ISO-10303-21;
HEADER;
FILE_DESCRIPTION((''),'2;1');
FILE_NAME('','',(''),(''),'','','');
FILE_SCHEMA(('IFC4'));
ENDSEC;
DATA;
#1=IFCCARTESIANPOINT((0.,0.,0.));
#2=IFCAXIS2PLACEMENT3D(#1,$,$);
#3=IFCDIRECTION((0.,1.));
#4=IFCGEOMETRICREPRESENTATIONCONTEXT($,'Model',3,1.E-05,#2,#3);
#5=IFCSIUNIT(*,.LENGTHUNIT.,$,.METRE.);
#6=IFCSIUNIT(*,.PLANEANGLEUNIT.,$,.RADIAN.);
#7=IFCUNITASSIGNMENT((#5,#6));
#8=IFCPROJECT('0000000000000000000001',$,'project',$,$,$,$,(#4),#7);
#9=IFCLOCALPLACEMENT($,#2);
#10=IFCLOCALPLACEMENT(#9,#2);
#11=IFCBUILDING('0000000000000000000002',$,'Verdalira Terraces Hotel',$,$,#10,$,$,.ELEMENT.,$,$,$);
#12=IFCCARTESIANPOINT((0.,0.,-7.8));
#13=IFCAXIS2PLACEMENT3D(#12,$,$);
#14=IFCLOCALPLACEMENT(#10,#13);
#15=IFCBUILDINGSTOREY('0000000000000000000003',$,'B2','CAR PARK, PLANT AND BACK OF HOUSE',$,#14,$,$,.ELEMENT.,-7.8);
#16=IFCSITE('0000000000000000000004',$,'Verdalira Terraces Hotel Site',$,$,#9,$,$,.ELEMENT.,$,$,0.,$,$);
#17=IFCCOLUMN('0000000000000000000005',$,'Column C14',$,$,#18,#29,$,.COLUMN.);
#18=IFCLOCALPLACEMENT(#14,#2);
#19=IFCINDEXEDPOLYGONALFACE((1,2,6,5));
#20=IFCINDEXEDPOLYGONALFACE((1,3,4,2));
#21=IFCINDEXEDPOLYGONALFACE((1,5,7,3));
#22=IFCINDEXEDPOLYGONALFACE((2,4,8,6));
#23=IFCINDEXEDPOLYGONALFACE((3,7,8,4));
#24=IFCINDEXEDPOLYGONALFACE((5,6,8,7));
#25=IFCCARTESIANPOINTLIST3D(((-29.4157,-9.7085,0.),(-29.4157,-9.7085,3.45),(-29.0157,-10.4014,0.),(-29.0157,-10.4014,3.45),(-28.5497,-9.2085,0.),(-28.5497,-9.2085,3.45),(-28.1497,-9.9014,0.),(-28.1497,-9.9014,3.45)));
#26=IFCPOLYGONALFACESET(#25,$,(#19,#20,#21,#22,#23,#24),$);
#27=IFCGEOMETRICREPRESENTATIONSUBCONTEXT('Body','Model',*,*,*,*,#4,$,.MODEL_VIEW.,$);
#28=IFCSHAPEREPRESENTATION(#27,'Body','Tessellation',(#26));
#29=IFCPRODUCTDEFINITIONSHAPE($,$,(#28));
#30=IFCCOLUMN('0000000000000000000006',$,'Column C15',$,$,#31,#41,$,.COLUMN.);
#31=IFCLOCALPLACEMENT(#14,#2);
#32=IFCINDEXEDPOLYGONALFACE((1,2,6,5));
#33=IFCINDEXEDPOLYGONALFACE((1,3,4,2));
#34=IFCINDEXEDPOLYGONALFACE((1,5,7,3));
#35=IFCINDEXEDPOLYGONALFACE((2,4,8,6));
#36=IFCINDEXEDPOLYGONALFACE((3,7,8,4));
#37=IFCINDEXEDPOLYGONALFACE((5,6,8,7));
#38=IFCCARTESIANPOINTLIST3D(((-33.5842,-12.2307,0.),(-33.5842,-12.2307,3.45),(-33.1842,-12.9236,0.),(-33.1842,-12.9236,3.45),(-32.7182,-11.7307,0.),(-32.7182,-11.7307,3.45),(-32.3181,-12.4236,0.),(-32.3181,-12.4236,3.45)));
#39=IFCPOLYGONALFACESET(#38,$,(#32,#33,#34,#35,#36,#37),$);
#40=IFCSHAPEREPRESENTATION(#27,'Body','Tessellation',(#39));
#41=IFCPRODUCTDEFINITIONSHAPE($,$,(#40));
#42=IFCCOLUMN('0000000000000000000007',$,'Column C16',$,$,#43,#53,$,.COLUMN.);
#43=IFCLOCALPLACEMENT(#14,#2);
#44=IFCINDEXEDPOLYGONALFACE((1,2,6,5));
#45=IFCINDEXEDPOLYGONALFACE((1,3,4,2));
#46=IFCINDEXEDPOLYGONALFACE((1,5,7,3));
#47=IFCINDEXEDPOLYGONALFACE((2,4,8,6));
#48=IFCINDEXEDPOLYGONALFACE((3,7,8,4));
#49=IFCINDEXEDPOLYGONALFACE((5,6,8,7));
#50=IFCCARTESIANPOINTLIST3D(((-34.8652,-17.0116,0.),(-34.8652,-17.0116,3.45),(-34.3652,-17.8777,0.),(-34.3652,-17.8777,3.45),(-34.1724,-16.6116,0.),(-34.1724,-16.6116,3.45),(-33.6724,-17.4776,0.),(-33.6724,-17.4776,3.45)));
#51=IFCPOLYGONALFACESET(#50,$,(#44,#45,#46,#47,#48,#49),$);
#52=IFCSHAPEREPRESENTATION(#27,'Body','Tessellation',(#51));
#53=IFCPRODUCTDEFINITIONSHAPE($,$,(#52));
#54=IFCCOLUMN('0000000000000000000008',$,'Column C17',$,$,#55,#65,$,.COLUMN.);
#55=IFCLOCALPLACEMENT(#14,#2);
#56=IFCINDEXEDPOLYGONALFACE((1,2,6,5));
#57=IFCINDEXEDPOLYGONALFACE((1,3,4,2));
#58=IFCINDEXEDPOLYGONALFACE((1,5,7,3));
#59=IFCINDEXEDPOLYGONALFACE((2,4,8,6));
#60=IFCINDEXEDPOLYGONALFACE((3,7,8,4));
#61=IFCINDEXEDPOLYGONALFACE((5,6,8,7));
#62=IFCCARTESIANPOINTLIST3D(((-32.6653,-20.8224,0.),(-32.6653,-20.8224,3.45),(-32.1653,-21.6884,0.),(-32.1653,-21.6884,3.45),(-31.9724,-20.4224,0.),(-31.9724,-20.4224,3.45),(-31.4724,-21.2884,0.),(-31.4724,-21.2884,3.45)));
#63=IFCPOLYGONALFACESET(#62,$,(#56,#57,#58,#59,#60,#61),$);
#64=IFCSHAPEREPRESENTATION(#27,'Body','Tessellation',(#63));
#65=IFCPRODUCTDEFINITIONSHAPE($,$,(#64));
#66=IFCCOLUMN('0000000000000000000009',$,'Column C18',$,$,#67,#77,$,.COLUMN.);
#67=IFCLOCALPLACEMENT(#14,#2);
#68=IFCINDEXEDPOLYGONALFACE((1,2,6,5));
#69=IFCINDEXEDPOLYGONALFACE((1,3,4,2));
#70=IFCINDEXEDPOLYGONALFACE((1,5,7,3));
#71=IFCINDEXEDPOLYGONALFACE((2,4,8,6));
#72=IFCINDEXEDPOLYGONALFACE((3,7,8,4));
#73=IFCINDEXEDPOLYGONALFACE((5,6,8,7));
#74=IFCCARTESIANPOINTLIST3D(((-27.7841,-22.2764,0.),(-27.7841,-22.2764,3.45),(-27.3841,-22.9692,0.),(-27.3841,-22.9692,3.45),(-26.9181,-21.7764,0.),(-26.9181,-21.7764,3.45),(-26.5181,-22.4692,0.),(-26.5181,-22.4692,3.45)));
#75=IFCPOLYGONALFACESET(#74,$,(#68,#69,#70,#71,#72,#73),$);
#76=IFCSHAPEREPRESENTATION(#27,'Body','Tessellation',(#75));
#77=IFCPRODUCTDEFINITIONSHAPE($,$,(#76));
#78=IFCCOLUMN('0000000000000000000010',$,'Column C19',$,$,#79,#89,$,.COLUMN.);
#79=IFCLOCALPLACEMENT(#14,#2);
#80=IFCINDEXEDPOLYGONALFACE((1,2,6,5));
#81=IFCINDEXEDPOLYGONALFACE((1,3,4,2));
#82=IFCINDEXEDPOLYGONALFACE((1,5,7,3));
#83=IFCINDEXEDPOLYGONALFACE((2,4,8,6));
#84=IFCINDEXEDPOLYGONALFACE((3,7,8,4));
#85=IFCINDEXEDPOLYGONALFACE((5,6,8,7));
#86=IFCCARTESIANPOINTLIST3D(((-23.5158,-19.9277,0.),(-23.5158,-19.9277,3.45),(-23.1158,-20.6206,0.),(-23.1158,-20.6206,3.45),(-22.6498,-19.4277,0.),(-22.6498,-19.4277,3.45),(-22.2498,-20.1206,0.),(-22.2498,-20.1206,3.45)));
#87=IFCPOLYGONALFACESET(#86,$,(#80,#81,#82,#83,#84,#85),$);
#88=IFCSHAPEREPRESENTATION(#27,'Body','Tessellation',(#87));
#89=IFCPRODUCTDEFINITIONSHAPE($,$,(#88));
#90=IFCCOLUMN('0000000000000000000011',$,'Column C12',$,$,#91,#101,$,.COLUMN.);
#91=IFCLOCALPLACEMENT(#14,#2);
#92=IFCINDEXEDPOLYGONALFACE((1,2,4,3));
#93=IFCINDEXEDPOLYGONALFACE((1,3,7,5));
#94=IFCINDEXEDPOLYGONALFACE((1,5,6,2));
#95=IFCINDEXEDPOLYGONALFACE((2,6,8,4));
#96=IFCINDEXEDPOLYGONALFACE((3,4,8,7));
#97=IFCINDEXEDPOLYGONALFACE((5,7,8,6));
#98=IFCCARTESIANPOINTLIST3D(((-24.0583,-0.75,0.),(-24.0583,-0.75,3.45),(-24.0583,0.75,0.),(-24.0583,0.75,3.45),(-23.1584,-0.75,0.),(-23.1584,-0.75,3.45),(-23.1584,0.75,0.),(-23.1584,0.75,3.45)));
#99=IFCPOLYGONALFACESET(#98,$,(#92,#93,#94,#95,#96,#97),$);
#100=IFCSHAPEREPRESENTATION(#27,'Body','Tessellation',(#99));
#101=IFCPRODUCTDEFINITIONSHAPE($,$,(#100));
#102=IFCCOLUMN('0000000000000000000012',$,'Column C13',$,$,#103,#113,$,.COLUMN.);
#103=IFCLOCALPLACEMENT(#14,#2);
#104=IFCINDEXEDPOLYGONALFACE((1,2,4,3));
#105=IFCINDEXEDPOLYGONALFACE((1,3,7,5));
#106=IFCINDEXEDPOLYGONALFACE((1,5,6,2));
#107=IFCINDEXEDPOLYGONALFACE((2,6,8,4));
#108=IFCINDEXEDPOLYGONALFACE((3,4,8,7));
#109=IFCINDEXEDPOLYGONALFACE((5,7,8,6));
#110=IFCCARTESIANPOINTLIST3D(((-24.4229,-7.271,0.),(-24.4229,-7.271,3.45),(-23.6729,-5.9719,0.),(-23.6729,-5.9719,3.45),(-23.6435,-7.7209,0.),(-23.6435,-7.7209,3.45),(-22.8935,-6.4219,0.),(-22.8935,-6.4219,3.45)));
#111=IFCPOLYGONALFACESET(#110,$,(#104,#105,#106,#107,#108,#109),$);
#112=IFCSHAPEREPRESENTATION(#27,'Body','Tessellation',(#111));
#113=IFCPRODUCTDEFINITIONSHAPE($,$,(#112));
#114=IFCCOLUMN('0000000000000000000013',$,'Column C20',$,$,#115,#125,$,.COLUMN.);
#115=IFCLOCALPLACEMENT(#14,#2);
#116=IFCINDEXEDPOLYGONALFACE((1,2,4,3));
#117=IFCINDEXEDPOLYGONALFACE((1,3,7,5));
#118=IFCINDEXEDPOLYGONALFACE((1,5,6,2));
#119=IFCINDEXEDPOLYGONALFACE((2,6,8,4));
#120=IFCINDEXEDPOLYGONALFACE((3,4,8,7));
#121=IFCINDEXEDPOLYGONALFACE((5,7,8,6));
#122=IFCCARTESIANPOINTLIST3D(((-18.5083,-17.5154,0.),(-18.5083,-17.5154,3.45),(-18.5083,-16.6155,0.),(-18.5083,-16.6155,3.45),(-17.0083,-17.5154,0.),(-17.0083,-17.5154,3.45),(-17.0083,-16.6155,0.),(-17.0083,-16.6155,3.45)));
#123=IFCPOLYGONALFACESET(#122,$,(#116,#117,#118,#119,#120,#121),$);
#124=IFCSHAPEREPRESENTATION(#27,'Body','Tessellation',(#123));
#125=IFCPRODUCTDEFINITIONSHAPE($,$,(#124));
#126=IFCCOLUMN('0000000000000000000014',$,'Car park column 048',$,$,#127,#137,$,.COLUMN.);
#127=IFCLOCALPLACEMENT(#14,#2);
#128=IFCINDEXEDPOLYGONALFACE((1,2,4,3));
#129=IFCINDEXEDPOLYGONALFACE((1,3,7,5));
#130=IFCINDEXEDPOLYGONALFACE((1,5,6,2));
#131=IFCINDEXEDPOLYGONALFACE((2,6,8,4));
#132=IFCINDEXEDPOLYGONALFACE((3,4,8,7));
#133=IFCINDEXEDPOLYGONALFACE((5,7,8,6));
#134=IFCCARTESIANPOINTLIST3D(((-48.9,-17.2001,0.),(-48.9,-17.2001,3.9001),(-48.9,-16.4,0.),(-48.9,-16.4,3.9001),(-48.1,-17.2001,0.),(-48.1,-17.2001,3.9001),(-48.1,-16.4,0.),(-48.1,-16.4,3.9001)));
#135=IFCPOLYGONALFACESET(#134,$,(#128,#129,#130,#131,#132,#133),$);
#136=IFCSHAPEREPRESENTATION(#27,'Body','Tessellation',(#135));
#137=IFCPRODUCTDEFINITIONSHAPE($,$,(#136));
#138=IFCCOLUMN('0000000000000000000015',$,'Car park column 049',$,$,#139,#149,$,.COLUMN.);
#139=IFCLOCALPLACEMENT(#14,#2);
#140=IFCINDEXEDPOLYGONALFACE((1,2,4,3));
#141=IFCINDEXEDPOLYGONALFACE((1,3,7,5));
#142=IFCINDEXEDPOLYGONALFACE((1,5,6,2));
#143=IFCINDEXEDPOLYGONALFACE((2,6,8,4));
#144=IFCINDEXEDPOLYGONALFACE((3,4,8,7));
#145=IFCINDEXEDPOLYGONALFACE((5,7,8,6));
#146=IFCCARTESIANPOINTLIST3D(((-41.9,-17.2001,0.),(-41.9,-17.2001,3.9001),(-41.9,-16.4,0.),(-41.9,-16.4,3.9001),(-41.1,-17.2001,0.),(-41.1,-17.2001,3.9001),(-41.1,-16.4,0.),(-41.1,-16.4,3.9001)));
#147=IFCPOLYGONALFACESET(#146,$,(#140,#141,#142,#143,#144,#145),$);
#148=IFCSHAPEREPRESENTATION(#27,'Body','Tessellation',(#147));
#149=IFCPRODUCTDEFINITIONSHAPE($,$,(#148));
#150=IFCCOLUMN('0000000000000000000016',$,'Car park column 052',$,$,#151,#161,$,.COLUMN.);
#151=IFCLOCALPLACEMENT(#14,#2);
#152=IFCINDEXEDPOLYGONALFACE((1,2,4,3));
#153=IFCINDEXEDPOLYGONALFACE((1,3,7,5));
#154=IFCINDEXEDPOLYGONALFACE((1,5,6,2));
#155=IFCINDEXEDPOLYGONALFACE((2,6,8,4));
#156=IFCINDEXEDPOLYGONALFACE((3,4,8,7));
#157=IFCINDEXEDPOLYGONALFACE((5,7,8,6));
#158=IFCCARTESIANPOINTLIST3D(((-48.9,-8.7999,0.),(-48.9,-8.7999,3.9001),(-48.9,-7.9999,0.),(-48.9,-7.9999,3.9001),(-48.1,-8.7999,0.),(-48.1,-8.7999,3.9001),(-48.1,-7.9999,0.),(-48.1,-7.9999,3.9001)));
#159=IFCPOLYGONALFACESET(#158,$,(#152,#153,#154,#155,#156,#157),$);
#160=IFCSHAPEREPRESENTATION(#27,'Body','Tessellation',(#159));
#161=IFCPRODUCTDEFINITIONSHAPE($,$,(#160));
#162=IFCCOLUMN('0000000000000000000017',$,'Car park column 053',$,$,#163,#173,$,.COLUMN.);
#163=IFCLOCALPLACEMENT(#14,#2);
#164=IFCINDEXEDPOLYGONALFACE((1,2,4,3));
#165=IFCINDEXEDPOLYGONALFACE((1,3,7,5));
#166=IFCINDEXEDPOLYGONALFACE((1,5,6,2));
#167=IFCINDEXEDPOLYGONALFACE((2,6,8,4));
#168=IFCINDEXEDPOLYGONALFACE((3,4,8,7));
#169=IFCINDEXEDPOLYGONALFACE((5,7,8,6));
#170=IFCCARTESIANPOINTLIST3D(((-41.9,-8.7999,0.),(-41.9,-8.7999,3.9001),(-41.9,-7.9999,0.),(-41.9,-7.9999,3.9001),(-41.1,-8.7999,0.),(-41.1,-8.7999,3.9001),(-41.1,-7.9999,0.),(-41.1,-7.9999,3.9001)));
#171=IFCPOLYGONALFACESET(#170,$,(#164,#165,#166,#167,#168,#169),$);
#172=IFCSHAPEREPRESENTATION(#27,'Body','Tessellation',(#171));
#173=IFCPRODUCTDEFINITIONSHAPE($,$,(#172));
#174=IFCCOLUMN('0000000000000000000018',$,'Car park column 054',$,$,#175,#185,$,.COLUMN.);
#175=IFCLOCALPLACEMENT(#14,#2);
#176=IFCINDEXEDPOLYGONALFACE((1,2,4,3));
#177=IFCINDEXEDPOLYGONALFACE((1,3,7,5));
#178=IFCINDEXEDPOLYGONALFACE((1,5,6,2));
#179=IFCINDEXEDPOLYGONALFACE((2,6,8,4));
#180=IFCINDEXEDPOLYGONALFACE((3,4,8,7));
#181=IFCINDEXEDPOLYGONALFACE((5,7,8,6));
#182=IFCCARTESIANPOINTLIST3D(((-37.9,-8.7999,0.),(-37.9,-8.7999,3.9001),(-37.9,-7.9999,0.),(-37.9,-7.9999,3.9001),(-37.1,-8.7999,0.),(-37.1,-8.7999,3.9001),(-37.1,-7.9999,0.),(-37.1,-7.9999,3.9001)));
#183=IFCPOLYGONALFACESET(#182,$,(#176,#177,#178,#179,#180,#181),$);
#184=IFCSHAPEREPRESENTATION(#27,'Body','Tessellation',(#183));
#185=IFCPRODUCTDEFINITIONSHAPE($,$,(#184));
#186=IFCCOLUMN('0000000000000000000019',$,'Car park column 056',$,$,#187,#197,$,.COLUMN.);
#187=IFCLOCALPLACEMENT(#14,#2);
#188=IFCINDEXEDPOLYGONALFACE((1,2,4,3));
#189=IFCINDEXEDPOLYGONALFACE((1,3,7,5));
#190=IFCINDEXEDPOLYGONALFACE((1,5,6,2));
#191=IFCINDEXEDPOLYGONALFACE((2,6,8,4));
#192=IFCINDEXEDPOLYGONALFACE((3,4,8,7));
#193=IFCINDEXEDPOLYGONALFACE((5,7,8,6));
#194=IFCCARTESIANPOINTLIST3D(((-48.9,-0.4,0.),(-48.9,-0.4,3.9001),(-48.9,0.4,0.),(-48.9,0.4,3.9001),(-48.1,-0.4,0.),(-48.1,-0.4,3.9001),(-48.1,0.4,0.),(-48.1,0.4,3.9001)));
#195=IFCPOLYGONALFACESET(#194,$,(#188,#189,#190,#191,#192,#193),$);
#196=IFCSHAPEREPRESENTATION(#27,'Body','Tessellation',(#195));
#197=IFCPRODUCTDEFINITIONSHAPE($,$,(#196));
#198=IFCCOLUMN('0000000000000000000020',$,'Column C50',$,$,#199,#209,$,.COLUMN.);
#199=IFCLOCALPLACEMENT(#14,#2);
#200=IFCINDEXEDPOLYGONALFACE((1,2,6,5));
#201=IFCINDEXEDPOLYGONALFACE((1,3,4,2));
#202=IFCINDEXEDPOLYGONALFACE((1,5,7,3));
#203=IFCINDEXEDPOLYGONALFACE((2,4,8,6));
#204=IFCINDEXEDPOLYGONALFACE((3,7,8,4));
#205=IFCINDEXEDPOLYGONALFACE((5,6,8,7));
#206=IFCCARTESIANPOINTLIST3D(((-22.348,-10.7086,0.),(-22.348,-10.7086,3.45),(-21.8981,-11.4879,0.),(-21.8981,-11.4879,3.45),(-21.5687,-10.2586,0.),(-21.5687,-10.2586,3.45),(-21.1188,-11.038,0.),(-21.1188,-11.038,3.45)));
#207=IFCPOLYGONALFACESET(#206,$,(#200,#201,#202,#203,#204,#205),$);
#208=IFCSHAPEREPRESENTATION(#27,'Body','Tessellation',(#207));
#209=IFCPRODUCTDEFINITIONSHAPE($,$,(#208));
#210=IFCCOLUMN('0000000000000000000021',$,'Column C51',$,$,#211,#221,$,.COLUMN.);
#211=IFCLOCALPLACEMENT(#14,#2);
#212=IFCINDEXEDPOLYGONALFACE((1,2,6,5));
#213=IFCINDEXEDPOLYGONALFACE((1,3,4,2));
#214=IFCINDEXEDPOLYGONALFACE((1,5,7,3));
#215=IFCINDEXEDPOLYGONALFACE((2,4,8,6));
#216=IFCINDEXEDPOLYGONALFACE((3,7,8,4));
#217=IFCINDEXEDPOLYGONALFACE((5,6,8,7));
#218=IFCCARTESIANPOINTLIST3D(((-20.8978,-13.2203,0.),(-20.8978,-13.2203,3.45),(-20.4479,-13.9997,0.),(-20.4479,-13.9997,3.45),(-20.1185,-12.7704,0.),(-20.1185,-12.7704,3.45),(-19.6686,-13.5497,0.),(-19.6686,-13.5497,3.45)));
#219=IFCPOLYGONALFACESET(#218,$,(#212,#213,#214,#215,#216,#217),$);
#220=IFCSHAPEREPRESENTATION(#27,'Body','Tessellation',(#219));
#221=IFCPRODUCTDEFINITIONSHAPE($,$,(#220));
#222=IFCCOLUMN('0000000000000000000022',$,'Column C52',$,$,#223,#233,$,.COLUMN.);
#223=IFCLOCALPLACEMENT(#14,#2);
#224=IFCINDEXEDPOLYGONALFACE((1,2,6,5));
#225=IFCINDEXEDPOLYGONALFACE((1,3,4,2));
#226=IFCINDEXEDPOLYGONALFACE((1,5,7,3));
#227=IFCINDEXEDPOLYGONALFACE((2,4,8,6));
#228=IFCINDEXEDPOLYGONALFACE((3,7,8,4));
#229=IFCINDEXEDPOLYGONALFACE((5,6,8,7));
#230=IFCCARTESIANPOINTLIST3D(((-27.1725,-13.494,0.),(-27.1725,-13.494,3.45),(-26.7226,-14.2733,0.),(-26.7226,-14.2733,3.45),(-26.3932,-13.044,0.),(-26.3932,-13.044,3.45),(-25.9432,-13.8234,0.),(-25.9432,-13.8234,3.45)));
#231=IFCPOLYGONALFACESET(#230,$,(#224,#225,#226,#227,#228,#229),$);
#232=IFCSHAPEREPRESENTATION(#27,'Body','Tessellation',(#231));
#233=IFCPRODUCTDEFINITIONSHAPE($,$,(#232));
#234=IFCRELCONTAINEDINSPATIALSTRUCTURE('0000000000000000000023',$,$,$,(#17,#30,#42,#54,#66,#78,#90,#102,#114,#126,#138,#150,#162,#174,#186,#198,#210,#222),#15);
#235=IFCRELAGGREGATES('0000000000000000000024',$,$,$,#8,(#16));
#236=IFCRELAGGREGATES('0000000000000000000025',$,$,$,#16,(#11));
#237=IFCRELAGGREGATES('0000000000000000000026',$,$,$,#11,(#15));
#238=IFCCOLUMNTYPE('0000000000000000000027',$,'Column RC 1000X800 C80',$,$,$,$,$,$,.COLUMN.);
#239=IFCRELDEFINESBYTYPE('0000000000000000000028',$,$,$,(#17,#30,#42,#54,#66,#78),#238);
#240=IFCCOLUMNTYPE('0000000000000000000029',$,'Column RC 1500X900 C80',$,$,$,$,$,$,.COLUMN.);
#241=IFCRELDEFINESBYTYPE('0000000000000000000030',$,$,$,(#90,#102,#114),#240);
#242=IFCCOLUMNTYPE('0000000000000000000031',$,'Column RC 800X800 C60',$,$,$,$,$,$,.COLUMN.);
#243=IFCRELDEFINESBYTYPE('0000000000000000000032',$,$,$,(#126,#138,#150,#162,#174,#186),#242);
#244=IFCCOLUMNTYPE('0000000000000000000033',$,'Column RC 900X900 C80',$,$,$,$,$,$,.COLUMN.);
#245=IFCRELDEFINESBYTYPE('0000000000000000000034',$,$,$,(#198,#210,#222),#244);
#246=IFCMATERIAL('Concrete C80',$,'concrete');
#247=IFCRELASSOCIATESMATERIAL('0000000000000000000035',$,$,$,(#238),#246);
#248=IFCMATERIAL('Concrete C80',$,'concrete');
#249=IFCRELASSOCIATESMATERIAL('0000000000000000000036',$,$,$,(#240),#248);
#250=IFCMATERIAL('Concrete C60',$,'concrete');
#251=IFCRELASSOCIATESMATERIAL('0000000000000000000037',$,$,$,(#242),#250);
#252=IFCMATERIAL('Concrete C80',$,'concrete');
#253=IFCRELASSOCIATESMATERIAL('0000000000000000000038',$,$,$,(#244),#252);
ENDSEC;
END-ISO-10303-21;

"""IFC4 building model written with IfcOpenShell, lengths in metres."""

from ifc_helpers import new_model, si_unit, direction, frame, origin, origin_2d, place, context, subcontext, project, spatial, rectangle, extrude, material, material_profile, profile_set, type_object, element, save


model = new_model("IFC4")

# Units and contexts
model_context = context("Model", 3, precision=1e-05, world=origin(), true_north=direction((0.0, 1.0)))
body_context = subcontext(model_context, "Body", "Model", "MODEL_VIEW")
ifc_project = project(units=[si_unit("LENGTHUNIT", "METRE"), si_unit("PLANEANGLEUNIT", "RADIAN")], contexts=[model_context])

# Site, building, storey
site_placement = place(None, origin())
site = spatial("IfcSite", under=ifc_project, at=site_placement, Name="Verdalira Terraces Hotel Site", CompositionType="ELEMENT", RefElevation=0.0)
building_placement = place(site_placement, origin())
building = spatial("IfcBuilding", under=site, at=building_placement, Name="Verdalira Terraces Hotel", CompositionType="ELEMENT")
storey_placement = place(building_placement, frame((0.0, 0.0, -7.8)))
storey = spatial("IfcBuildingStorey", under=building, at=storey_placement, Name="B2", Description="CAR PARK, PLANT AND BACK OF HOUSE", CompositionType="ELEMENT", Elevation=-7.8)

# Columns
ifc_material_1 = material(Name="Concrete C80", Category="concrete")
ifc_material_profile_1 = material_profile(ifc_material_1, rectangle(XDim=1.0, YDim=0.8, at=origin_2d()), Name="RC 1000X800")
ifc_profile_set_1 = profile_set([ifc_material_profile_1], Name="Concrete C80")
column_type_1 = type_object("IfcColumnType", Name="Column RC 1000X800 C80", PredefinedType="COLUMN", material=ifc_profile_set_1)
for number, where, z_axis, x_axis, name in (
    (1, (-28.7827, -9.8049, 0.0), (0.0, 0.0, 1.0), (-0.866025, -0.5, 0.0), "Column C14"),
    (2, (-32.9512, -12.3271, 0.0), (0.0, 0.0, 1.0), (-0.866025, -0.5, 0.0), "Column C15"),
    (3, (-34.2688, -17.2446, 0.0), (0.0, 0.0, 1.0), (0.5, -0.866025, 0.0), "Column C16"),
    (4, (-32.0688, -21.0554, 0.0), (0.0, 0.0, 1.0), (0.5, -0.866025, 0.0), "Column C17"),
    (5, (-27.1511, -22.3728, 0.0), (0.0, 0.0, 1.0), (0.866025, 0.5, 0.0), "Column C18"),
    (6, (-22.8828, -20.0242, 0.0), (0.0, 0.0, 1.0), (0.866025, 0.5, 0.0), "Column C19"),
):
    element("IfcColumn", number, at=place(storey_placement, frame(where, z_axis=z_axis, x_axis=x_axis)), inside=storey, type_object=column_type_1, Name=name, PredefinedType="COLUMN", context=body_context, shape_type="SweptSolid", body=[
        extrude(rectangle(XDim=1.0, YDim=0.8, at=origin_2d()), origin(), (0.0, 0.0, 1.0), 3.45),
    ])
ifc_material_2 = material(Name="Concrete C80", Category="concrete")
ifc_material_profile_2 = material_profile(ifc_material_2, rectangle(XDim=1.5, YDim=0.8999, at=origin_2d()), Name="RC 1500X900")
ifc_profile_set_2 = profile_set([ifc_material_profile_2], Name="Concrete C80")
column_type_2 = type_object("IfcColumnType", Name="Column RC 1500X900 C80", PredefinedType="COLUMN", material=ifc_profile_set_2)
for number, where, z_axis, x_axis, name in (
    (7, (-23.6084, 0.0, 0.0), (0.0, 0.0, 1.0), (0.0, -1.0, 0.0), "Column C12"),
    (8, (-23.6582, -6.8464, 0.0), (0.0, 0.0, 1.0), (0.5, 0.866025, 0.0), "Column C13"),
    (9, (-17.7583, -17.0654, 0.0), (0.0, 0.0, 1.0), (-1.0, 0.0, 0.0), "Column C20"),
):
    element("IfcColumn", number, at=place(storey_placement, frame(where, z_axis=z_axis, x_axis=x_axis)), inside=storey, type_object=column_type_2, Name=name, PredefinedType="COLUMN", context=body_context, shape_type="SweptSolid", body=[
        extrude(rectangle(XDim=1.5, YDim=0.8999, at=origin_2d()), origin(), (0.0, 0.0, 1.0), 3.45),
    ])
ifc_material_3 = material(Name="Concrete C60", Category="concrete")
ifc_material_profile_3 = material_profile(ifc_material_3, rectangle(XDim=0.8, YDim=0.8, at=origin_2d()), Name="RC 800X800")
ifc_profile_set_3 = profile_set([ifc_material_profile_3], Name="Concrete C60")
column_type_3 = type_object("IfcColumnType", Name="Column RC 800X800 C60", PredefinedType="COLUMN", material=ifc_profile_set_3)
for number, where, z_axis, x_axis, name in (
    (10, (-48.5, -16.8, 0.0), (0.0, 0.0, 1.0), (1.0, 0.0, 0.0), "Car park column 048"),
    (11, (-41.5, -16.8, 0.0), (0.0, 0.0, 1.0), (1.0, 0.0, 0.0), "Car park column 049"),
    (12, (-48.5, -8.3999, 0.0), (0.0, 0.0, 1.0), (1.0, 0.0, 0.0), "Car park column 052"),
    (13, (-41.5, -8.3999, 0.0), (0.0, 0.0, 1.0), (1.0, 0.0, 0.0), "Car park column 053"),
    (14, (-37.5, -8.3999, 0.0), (0.0, 0.0, 1.0), (1.0, 0.0, 0.0), "Car park column 054"),
    (15, (-48.5, 0.0, 0.0), (0.0, 0.0, 1.0), (1.0, 0.0, 0.0), "Car park column 056"),
):
    element("IfcColumn", number, at=place(storey_placement, frame(where, z_axis=z_axis, x_axis=x_axis)), inside=storey, type_object=column_type_3, Name=name, PredefinedType="COLUMN", context=body_context, shape_type="SweptSolid", body=[
        extrude(rectangle(XDim=0.8, YDim=0.8, at=origin_2d()), origin(), (0.0, 0.0, 1.0), 3.9001),
    ])
ifc_material_4 = material(Name="Concrete C80", Category="concrete")
ifc_material_profile_4 = material_profile(ifc_material_4, rectangle(XDim=0.8999, YDim=0.8999, at=origin_2d()), Name="RC 900X900")
ifc_profile_set_4 = profile_set([ifc_material_profile_4], Name="Concrete C80")
column_type_4 = type_object("IfcColumnType", Name="Column RC 900X900 C80", PredefinedType="COLUMN", material=ifc_profile_set_4)
for number, where, z_axis, x_axis, name in (
    (16, (-21.7334, -10.8733, 0.0), (0.0, 0.0, 1.0), (-0.866025, -0.5, 0.0), "Column C50"),
    (17, (-20.2832, -13.385, 0.0), (0.0, 0.0, 1.0), (-0.866025, -0.5, 0.0), "Column C51"),
    (18, (-26.5579, -13.6587, 0.0), (0.0, 0.0, 1.0), (-0.866025, -0.5, 0.0), "Column C52"),
):
    element("IfcColumn", number, at=place(storey_placement, frame(where, z_axis=z_axis, x_axis=x_axis)), inside=storey, type_object=column_type_4, Name=name, PredefinedType="COLUMN", context=body_context, shape_type="SweptSolid", body=[
        extrude(rectangle(XDim=0.8999, YDim=0.8999, at=origin_2d()), origin(), (0.0, 0.0, 1.0), 3.45),
    ])

save(model, "model.ifc")
